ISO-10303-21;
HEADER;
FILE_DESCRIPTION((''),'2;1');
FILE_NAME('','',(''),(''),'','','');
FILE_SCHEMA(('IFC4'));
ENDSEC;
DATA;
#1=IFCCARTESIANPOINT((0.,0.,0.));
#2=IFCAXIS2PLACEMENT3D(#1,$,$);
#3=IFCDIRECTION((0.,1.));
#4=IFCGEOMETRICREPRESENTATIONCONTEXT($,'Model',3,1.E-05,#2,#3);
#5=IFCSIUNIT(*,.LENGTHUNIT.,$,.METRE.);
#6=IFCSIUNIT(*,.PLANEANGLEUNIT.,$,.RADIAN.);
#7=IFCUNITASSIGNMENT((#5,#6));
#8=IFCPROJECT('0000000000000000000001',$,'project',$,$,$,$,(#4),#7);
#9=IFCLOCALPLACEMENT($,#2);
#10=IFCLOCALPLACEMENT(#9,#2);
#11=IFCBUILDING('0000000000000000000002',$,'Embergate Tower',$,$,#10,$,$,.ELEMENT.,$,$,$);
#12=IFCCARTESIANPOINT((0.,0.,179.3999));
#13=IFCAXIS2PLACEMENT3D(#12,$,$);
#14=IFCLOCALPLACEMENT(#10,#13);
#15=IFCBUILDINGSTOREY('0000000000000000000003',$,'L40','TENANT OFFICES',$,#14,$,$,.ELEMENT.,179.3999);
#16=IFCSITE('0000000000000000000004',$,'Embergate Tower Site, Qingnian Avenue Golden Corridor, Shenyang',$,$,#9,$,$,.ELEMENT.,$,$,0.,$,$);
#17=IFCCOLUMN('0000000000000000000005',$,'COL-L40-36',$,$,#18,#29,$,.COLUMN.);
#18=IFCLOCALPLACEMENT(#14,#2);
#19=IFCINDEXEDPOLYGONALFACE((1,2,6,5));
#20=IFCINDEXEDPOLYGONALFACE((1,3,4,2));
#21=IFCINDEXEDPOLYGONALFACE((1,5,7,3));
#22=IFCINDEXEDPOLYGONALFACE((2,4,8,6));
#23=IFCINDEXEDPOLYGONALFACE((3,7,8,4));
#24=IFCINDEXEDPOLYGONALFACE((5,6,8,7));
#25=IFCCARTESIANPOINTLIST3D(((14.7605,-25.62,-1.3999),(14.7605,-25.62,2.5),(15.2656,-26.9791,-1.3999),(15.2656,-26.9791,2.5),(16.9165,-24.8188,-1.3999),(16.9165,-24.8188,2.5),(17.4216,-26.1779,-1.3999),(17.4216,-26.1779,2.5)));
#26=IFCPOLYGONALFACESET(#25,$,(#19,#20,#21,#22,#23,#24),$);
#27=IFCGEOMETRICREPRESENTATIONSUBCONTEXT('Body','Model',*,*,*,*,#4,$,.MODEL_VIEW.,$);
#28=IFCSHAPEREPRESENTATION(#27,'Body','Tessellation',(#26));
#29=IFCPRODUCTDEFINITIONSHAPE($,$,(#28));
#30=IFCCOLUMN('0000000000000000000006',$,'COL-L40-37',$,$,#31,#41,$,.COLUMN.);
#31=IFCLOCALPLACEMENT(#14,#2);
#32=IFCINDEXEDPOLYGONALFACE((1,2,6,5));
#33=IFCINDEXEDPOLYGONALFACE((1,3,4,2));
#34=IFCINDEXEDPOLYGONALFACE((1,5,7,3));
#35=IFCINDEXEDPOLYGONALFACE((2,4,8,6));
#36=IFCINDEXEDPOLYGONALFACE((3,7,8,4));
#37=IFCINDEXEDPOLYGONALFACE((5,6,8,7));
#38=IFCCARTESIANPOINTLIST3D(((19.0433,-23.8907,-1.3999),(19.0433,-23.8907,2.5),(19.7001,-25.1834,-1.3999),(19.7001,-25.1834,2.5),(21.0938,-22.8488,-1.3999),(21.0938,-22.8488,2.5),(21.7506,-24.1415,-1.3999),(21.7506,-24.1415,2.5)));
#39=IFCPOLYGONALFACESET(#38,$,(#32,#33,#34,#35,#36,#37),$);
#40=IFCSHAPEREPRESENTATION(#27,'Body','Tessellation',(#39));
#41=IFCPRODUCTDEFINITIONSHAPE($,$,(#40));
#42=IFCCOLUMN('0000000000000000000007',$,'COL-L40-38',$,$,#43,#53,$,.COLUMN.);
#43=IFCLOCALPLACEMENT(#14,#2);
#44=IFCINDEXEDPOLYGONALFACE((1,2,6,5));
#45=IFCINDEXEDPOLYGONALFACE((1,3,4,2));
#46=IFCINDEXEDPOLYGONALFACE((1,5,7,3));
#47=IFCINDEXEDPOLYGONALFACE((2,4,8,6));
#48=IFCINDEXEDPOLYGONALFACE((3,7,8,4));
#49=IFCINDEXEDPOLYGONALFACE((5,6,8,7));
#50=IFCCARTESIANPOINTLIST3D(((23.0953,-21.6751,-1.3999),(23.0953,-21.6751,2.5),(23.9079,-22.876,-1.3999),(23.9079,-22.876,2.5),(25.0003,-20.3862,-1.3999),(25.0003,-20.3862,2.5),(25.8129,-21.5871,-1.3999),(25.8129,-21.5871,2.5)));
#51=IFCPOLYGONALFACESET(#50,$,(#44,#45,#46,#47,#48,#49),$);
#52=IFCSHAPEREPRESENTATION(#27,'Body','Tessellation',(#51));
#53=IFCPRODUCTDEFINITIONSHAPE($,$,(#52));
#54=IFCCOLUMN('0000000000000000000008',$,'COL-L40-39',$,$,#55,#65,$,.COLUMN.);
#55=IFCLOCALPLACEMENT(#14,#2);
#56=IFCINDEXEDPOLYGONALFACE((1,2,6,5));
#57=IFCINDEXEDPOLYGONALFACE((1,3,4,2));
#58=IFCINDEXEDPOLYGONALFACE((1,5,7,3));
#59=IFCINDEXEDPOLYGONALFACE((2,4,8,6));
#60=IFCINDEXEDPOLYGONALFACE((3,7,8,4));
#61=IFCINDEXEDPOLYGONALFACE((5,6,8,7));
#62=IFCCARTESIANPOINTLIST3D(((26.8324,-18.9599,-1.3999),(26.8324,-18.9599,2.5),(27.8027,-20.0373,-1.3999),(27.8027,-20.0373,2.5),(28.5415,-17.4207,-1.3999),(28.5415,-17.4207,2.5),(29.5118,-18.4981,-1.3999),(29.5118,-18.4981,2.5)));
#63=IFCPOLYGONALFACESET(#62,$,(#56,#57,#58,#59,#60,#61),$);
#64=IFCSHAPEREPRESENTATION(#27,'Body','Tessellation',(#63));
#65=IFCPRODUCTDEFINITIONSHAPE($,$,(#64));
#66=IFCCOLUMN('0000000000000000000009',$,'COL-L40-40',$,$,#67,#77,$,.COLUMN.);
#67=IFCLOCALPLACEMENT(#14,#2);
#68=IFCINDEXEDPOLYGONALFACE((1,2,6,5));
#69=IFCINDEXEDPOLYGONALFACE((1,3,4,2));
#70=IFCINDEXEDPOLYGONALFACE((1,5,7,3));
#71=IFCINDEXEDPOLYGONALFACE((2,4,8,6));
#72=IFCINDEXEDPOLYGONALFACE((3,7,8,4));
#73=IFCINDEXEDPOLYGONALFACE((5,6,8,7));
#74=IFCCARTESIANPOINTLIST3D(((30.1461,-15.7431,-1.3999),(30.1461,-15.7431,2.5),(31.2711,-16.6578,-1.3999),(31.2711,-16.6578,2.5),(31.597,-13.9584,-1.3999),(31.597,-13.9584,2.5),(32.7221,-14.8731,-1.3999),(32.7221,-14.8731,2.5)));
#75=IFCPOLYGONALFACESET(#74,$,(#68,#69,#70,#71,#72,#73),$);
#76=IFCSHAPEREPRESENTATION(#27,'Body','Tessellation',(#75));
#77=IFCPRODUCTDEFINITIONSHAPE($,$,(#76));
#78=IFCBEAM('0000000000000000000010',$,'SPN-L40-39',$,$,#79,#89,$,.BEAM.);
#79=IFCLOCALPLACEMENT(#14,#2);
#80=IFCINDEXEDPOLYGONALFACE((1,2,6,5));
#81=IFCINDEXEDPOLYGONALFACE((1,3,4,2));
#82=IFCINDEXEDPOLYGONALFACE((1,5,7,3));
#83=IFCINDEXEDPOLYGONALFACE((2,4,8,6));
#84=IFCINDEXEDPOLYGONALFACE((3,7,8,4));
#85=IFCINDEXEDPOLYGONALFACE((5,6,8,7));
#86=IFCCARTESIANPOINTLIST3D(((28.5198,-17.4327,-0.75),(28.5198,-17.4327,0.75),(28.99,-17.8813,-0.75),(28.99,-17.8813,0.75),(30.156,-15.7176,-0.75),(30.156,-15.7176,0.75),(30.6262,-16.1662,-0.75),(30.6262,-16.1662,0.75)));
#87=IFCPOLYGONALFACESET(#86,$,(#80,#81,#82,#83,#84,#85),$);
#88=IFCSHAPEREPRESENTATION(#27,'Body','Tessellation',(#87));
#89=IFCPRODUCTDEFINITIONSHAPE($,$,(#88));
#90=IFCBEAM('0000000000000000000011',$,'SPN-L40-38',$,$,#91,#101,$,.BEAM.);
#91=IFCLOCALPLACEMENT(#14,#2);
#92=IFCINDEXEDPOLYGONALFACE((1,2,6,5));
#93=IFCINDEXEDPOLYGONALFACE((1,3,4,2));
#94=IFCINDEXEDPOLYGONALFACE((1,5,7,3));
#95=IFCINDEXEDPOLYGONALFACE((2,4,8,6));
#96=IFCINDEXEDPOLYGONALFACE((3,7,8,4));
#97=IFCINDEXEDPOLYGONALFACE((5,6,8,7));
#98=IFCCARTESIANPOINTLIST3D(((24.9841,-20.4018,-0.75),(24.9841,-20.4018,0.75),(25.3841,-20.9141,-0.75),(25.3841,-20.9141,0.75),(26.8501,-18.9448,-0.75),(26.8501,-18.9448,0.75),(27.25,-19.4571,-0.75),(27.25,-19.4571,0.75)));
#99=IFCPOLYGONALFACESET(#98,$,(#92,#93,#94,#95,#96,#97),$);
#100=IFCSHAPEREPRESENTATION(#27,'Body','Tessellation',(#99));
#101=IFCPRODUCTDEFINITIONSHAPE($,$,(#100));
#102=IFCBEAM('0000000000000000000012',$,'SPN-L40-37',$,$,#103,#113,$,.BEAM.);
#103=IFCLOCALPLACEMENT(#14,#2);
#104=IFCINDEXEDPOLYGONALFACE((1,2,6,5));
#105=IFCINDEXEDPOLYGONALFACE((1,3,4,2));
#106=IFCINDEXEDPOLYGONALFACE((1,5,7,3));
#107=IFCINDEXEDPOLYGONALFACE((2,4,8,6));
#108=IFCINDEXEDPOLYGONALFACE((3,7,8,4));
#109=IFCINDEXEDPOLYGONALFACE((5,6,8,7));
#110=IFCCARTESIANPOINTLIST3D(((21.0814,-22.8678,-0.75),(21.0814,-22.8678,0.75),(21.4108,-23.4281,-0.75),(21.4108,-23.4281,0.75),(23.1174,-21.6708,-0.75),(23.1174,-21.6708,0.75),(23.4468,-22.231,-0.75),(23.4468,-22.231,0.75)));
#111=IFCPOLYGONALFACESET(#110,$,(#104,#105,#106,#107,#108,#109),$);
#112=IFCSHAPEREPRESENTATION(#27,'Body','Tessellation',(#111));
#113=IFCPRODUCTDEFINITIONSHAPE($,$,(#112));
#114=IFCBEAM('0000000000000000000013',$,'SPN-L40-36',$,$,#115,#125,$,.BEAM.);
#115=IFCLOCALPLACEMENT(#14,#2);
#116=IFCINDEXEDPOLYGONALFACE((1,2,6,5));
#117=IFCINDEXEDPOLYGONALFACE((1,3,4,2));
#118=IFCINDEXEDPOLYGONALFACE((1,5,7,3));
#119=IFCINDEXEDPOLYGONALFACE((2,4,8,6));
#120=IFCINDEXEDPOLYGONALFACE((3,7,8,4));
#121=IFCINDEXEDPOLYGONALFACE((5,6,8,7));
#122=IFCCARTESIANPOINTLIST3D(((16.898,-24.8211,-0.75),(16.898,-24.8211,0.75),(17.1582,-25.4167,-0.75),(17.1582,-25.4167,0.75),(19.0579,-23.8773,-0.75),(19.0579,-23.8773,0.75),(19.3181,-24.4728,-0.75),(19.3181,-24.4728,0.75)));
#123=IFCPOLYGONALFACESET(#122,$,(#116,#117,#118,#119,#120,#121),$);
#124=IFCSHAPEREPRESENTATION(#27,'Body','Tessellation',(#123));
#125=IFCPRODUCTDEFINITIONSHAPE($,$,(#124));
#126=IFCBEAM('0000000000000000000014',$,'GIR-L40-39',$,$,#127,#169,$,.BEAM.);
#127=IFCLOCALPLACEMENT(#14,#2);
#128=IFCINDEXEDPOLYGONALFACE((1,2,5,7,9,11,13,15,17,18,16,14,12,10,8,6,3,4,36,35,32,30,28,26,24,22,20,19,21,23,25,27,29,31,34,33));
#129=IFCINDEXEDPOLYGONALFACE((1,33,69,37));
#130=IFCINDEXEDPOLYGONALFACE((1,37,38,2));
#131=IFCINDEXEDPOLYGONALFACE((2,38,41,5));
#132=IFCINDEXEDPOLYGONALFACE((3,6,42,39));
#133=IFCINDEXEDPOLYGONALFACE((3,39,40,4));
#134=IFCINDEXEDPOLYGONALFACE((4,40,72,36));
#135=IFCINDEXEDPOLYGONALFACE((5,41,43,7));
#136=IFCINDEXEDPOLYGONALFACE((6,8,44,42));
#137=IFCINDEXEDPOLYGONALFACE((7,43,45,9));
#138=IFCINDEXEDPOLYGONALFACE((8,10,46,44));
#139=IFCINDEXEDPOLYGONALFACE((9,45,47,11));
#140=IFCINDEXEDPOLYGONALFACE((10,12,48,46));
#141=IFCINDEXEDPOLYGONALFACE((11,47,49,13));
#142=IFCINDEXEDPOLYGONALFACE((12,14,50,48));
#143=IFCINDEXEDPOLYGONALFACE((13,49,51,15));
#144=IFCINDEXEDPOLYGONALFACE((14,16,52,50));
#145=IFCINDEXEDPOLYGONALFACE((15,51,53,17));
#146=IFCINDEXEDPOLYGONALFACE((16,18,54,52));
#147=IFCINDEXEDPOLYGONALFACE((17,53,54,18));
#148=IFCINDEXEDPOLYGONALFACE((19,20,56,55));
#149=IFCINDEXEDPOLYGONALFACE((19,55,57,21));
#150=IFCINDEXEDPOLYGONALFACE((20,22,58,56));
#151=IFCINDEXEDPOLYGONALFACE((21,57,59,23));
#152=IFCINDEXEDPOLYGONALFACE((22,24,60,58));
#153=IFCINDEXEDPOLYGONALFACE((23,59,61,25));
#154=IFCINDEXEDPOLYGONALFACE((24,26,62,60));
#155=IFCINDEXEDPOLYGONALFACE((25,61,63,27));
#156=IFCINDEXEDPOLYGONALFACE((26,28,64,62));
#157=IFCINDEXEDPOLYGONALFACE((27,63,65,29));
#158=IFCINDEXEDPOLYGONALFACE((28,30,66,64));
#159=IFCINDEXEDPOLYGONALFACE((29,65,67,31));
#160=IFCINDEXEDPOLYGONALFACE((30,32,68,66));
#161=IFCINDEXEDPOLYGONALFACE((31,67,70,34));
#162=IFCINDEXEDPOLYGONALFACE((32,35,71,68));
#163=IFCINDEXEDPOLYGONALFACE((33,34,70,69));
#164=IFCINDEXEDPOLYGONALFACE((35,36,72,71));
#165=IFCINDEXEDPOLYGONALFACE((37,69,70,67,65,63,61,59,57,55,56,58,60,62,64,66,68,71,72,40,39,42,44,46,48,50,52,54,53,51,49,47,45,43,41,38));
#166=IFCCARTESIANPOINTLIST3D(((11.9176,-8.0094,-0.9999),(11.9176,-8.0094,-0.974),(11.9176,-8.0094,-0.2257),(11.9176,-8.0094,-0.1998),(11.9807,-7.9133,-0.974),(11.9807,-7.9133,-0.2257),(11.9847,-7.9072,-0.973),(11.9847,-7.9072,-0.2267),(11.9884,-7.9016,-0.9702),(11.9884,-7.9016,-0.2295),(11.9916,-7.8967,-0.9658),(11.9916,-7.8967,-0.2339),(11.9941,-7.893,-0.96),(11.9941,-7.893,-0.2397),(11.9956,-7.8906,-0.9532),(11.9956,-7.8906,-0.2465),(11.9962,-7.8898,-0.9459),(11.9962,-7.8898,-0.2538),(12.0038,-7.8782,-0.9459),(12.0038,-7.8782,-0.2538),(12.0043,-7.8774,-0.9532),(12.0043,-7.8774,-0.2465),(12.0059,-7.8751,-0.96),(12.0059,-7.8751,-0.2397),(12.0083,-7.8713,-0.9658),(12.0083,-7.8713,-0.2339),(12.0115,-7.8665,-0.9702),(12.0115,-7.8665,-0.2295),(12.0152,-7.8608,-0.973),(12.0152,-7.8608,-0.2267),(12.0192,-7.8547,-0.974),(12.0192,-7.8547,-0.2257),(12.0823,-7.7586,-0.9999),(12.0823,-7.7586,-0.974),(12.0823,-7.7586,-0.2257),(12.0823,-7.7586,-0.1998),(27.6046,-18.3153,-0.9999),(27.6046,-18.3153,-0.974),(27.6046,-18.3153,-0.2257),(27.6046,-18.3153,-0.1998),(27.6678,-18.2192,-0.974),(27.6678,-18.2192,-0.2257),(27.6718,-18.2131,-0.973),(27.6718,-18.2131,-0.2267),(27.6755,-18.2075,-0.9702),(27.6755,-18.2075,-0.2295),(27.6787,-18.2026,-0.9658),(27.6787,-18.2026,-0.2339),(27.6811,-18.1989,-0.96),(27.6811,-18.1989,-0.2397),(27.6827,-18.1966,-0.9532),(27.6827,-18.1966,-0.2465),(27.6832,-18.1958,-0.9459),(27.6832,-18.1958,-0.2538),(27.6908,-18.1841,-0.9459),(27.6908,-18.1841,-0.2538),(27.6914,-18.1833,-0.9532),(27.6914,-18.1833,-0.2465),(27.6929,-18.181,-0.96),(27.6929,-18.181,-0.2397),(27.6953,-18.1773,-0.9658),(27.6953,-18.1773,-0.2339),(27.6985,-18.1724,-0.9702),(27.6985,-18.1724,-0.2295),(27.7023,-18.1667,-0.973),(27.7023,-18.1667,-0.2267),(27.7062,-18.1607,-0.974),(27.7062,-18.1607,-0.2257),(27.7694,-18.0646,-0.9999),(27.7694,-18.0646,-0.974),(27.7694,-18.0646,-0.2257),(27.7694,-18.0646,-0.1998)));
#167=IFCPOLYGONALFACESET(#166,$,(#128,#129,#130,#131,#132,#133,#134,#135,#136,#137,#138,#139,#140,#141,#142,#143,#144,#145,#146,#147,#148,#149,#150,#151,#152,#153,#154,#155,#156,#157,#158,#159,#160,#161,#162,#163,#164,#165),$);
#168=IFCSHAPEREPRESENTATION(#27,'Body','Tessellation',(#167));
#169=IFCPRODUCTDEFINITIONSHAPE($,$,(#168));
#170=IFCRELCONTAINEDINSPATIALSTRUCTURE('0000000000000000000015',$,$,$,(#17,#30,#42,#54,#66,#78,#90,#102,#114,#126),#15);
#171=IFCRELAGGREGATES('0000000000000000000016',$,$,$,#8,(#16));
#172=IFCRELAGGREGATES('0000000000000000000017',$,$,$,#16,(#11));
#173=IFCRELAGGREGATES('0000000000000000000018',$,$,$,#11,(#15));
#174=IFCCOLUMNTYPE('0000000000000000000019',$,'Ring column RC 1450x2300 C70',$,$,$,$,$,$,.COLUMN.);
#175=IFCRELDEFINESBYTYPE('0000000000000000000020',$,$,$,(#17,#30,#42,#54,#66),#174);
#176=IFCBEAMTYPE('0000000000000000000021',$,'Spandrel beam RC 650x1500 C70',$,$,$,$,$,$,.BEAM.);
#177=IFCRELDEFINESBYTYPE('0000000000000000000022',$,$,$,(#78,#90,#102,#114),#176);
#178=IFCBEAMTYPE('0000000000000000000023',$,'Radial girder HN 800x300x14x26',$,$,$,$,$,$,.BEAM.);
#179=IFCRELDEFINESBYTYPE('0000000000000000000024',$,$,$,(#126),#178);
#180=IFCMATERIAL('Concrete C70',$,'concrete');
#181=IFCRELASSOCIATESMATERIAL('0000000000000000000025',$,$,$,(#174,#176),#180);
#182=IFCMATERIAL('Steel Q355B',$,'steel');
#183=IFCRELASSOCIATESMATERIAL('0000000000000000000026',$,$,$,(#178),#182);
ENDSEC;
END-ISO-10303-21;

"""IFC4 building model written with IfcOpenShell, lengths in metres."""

from ifc_helpers import new_model, si_unit, direction, frame, origin, origin_2d, place, context, subcontext, project, spatial, rectangle, i_section, extrude, source, transform, mapped, material, material_profile, profile_set, type_object, element, save


model = new_model("IFC4")

# Units and contexts
model_context = context("Model", 3, precision=1e-05, world=origin(), true_north=direction((0.0, 1.0)))
body_context = subcontext(model_context, "Body", "Model", "MODEL_VIEW")
ifc_project = project(units=[si_unit("LENGTHUNIT", "METRE"), si_unit("PLANEANGLEUNIT", "RADIAN")], contexts=[model_context])

# Site, building, storey
site_placement = place(None, origin())
site = spatial("IfcSite", under=ifc_project, at=site_placement, Name="Embergate Tower Site, Qingnian Avenue Golden Corridor, Shenyang", CompositionType="ELEMENT", RefElevation=0.0)
building_placement = place(site_placement, origin())
building = spatial("IfcBuilding", under=site, at=building_placement, Name="Embergate Tower", CompositionType="ELEMENT")
storey_placement = place(building_placement, frame((0.0, 0.0, 179.3999)))
storey = spatial("IfcBuildingStorey", under=building, at=storey_placement, Name="L40", Description="TENANT OFFICES", CompositionType="ELEMENT", Elevation=179.3999)

# Columns
ifc_material_1 = material(Name="Concrete C70", Category="concrete")
ifc_material_profile_1 = material_profile(ifc_material_1, rectangle(XDim=1.45, YDim=2.3, at=origin_2d()), Name="RC 1450x2300")
ifc_profile_set_1 = profile_set([ifc_material_profile_1], Name="Concrete C70")
column_type = type_object("IfcColumnType", Name="Ring column RC 1450x2300 C70", PredefinedType="COLUMN", material=ifc_profile_set_1)
shared_shape_1 = source(origin(), body_context, "Body", "SweptSolid", [
    extrude(rectangle(XDim=1.45, YDim=2.3, at=origin_2d()), origin(), (0.0, 0.0, 1.0), 3.8999),
])
for number, where, z_axis, x_axis, name in (
    (1, (16.0911, -25.8989, -1.3999), (0.0, 0.0, 1.0), (0.348343, -0.937367, 0.0), "COL-L40-36"),
    (2, (20.397, -24.0161, -1.3999), (0.0, 0.0, 1.0), (0.452995, -0.891513, 0.0), "COL-L40-37"),
    (3, (24.4541, -21.6311, -1.3999), (0.0, 0.0, 1.0), (0.560393, -0.828227, 0.0), "COL-L40-38"),
    (4, (28.1721, -18.729, -1.3999), (0.0, 0.0, 1.0), (0.669208, -0.743075, 0.0), "COL-L40-39"),
    (5, (31.4341, -15.3081, -1.3999), (0.0, 0.0, 1.0), (0.775914, -0.630838, 0.0), "COL-L40-40"),
):
    element("IfcColumn", number, at=place(storey_placement, frame(where, z_axis=z_axis, x_axis=x_axis)), inside=storey, type_object=column_type, Name=name, PredefinedType="COLUMN", context=body_context, shape_type="MappedRepresentation", body=[
        mapped(shared_shape_1, transform((0.0, 0.0, 0.0))),
    ])

# Beams
ifc_material_profile_2 = material_profile(ifc_material_1, rectangle(XDim=0.6499, YDim=1.5, at=origin_2d()), Name="RC 650x1500")
ifc_profile_set_2 = profile_set([ifc_material_profile_2], Name="Concrete C70")
beam_type_1 = type_object("IfcBeamType", Name="Spandrel beam RC 650x1500 C70", PredefinedType="BEAM", material=ifc_profile_set_2)
shared_shape_2 = source(origin(), body_context, "Body", "SweptSolid", [
    extrude(rectangle(XDim=0.6499, YDim=1.5, at=origin_2d()), origin(), (0.0, 0.0, 1.0), 2.3704),
])
beam_1_placement = place(storey_placement, frame((28.7549, -17.657, 0.0), z_axis=(0.690277, 0.723545, 0.0), x_axis=(-0.723545, 0.690277, 0.0)))
element("IfcBeam", 6, at=beam_1_placement, inside=storey, type_object=beam_type_1, Name="SPN-L40-39", PredefinedType="BEAM", context=body_context, shape_type="MappedRepresentation", body=[
    mapped(shared_shape_2, transform((0.0, 0.0, 0.0))),
])
shared_shape_3 = source(origin(), body_context, "Body", "SweptSolid", [
    extrude(rectangle(XDim=0.6499, YDim=1.5, at=origin_2d()), origin(), (0.0, 0.0, 1.0), 2.3674),
])
beam_2_placement = place(storey_placement, frame((25.1841, -20.658, 0.0), z_axis=(0.788179, 0.615446, 0.0), x_axis=(-0.615446, 0.788179, 0.0)))
element("IfcBeam", 7, at=beam_2_placement, inside=storey, type_object=beam_type_1, Name="SPN-L40-38", PredefinedType="BEAM", context=body_context, shape_type="MappedRepresentation", body=[
    mapped(shared_shape_3, transform((0.0, 0.0, 0.0))),
])
shared_shape_4 = source(origin(), body_context, "Body", "SweptSolid", [
    extrude(rectangle(XDim=0.6499, YDim=1.5, at=origin_2d()), origin(), (0.0, 0.0, 1.0), 2.3618),
])
beam_3_placement = place(storey_placement, frame((21.2461, -23.1479, 0.0), z_axis=(0.862038, 0.506844, 0.0), x_axis=(-0.506844, 0.862038, 0.0)))
element("IfcBeam", 8, at=beam_3_placement, inside=storey, type_object=beam_type_1, Name="SPN-L40-37", PredefinedType="BEAM", context=body_context, shape_type="MappedRepresentation", body=[
    mapped(shared_shape_4, transform((0.0, 0.0, 0.0))),
])
shared_shape_5 = source(origin(), body_context, "Body", "SweptSolid", [
    extrude(rectangle(XDim=0.6499, YDim=1.5, at=origin_2d()), origin(), (0.0, 0.0, 1.0), 2.3572),
])
beam_4_placement = place(storey_placement, frame((17.0281, -25.1189, 0.0), z_axis=(0.916331, 0.400422, 0.0), x_axis=(-0.400422, 0.916331, 0.0)))
element("IfcBeam", 9, at=beam_4_placement, inside=storey, type_object=beam_type_1, Name="SPN-L40-36", PredefinedType="BEAM", context=body_context, shape_type="MappedRepresentation", body=[
    mapped(shared_shape_5, transform((0.0, 0.0, 0.0))),
])
ifc_material_2 = material(Name="Steel Q355B", Category="steel")
ifc_material_profile_3 = material_profile(ifc_material_2, i_section(OverallWidth=0.3, OverallDepth=0.8, WebThickness=0.0139, FlangeThickness=0.0259, FilletRadius=0.0281, at=origin_2d()), Name="HN 800x300x14x26")
ifc_profile_set_3 = profile_set([ifc_material_profile_3], Name="Steel Q355 grade B")
beam_type_2 = type_object("IfcBeamType", Name="Radial girder HN 800x300x14x26", PredefinedType="BEAM", material=ifc_profile_set_3)
shared_shape_6 = source(origin(), body_context, "Body", "SweptSolid", [
    extrude(i_section(OverallWidth=0.3, OverallDepth=0.8, WebThickness=0.0139, FlangeThickness=0.0259, FilletRadius=0.0281, at=origin_2d()), origin(), (0.0, 0.0, 1.0), 18.7695),
])
beam_5_placement = place(storey_placement, frame((27.687, -18.1899, -0.5999), z_axis=(-0.835771, 0.549077, 0.0), x_axis=(-0.549077, -0.835771, 0.0)))
element("IfcBeam", 10, at=beam_5_placement, inside=storey, type_object=beam_type_2, Name="GIR-L40-39", PredefinedType="BEAM", context=body_context, shape_type="MappedRepresentation", body=[
    mapped(shared_shape_6, transform((0.0, 0.0, 0.0))),
])

save(model, "model.ifc")
